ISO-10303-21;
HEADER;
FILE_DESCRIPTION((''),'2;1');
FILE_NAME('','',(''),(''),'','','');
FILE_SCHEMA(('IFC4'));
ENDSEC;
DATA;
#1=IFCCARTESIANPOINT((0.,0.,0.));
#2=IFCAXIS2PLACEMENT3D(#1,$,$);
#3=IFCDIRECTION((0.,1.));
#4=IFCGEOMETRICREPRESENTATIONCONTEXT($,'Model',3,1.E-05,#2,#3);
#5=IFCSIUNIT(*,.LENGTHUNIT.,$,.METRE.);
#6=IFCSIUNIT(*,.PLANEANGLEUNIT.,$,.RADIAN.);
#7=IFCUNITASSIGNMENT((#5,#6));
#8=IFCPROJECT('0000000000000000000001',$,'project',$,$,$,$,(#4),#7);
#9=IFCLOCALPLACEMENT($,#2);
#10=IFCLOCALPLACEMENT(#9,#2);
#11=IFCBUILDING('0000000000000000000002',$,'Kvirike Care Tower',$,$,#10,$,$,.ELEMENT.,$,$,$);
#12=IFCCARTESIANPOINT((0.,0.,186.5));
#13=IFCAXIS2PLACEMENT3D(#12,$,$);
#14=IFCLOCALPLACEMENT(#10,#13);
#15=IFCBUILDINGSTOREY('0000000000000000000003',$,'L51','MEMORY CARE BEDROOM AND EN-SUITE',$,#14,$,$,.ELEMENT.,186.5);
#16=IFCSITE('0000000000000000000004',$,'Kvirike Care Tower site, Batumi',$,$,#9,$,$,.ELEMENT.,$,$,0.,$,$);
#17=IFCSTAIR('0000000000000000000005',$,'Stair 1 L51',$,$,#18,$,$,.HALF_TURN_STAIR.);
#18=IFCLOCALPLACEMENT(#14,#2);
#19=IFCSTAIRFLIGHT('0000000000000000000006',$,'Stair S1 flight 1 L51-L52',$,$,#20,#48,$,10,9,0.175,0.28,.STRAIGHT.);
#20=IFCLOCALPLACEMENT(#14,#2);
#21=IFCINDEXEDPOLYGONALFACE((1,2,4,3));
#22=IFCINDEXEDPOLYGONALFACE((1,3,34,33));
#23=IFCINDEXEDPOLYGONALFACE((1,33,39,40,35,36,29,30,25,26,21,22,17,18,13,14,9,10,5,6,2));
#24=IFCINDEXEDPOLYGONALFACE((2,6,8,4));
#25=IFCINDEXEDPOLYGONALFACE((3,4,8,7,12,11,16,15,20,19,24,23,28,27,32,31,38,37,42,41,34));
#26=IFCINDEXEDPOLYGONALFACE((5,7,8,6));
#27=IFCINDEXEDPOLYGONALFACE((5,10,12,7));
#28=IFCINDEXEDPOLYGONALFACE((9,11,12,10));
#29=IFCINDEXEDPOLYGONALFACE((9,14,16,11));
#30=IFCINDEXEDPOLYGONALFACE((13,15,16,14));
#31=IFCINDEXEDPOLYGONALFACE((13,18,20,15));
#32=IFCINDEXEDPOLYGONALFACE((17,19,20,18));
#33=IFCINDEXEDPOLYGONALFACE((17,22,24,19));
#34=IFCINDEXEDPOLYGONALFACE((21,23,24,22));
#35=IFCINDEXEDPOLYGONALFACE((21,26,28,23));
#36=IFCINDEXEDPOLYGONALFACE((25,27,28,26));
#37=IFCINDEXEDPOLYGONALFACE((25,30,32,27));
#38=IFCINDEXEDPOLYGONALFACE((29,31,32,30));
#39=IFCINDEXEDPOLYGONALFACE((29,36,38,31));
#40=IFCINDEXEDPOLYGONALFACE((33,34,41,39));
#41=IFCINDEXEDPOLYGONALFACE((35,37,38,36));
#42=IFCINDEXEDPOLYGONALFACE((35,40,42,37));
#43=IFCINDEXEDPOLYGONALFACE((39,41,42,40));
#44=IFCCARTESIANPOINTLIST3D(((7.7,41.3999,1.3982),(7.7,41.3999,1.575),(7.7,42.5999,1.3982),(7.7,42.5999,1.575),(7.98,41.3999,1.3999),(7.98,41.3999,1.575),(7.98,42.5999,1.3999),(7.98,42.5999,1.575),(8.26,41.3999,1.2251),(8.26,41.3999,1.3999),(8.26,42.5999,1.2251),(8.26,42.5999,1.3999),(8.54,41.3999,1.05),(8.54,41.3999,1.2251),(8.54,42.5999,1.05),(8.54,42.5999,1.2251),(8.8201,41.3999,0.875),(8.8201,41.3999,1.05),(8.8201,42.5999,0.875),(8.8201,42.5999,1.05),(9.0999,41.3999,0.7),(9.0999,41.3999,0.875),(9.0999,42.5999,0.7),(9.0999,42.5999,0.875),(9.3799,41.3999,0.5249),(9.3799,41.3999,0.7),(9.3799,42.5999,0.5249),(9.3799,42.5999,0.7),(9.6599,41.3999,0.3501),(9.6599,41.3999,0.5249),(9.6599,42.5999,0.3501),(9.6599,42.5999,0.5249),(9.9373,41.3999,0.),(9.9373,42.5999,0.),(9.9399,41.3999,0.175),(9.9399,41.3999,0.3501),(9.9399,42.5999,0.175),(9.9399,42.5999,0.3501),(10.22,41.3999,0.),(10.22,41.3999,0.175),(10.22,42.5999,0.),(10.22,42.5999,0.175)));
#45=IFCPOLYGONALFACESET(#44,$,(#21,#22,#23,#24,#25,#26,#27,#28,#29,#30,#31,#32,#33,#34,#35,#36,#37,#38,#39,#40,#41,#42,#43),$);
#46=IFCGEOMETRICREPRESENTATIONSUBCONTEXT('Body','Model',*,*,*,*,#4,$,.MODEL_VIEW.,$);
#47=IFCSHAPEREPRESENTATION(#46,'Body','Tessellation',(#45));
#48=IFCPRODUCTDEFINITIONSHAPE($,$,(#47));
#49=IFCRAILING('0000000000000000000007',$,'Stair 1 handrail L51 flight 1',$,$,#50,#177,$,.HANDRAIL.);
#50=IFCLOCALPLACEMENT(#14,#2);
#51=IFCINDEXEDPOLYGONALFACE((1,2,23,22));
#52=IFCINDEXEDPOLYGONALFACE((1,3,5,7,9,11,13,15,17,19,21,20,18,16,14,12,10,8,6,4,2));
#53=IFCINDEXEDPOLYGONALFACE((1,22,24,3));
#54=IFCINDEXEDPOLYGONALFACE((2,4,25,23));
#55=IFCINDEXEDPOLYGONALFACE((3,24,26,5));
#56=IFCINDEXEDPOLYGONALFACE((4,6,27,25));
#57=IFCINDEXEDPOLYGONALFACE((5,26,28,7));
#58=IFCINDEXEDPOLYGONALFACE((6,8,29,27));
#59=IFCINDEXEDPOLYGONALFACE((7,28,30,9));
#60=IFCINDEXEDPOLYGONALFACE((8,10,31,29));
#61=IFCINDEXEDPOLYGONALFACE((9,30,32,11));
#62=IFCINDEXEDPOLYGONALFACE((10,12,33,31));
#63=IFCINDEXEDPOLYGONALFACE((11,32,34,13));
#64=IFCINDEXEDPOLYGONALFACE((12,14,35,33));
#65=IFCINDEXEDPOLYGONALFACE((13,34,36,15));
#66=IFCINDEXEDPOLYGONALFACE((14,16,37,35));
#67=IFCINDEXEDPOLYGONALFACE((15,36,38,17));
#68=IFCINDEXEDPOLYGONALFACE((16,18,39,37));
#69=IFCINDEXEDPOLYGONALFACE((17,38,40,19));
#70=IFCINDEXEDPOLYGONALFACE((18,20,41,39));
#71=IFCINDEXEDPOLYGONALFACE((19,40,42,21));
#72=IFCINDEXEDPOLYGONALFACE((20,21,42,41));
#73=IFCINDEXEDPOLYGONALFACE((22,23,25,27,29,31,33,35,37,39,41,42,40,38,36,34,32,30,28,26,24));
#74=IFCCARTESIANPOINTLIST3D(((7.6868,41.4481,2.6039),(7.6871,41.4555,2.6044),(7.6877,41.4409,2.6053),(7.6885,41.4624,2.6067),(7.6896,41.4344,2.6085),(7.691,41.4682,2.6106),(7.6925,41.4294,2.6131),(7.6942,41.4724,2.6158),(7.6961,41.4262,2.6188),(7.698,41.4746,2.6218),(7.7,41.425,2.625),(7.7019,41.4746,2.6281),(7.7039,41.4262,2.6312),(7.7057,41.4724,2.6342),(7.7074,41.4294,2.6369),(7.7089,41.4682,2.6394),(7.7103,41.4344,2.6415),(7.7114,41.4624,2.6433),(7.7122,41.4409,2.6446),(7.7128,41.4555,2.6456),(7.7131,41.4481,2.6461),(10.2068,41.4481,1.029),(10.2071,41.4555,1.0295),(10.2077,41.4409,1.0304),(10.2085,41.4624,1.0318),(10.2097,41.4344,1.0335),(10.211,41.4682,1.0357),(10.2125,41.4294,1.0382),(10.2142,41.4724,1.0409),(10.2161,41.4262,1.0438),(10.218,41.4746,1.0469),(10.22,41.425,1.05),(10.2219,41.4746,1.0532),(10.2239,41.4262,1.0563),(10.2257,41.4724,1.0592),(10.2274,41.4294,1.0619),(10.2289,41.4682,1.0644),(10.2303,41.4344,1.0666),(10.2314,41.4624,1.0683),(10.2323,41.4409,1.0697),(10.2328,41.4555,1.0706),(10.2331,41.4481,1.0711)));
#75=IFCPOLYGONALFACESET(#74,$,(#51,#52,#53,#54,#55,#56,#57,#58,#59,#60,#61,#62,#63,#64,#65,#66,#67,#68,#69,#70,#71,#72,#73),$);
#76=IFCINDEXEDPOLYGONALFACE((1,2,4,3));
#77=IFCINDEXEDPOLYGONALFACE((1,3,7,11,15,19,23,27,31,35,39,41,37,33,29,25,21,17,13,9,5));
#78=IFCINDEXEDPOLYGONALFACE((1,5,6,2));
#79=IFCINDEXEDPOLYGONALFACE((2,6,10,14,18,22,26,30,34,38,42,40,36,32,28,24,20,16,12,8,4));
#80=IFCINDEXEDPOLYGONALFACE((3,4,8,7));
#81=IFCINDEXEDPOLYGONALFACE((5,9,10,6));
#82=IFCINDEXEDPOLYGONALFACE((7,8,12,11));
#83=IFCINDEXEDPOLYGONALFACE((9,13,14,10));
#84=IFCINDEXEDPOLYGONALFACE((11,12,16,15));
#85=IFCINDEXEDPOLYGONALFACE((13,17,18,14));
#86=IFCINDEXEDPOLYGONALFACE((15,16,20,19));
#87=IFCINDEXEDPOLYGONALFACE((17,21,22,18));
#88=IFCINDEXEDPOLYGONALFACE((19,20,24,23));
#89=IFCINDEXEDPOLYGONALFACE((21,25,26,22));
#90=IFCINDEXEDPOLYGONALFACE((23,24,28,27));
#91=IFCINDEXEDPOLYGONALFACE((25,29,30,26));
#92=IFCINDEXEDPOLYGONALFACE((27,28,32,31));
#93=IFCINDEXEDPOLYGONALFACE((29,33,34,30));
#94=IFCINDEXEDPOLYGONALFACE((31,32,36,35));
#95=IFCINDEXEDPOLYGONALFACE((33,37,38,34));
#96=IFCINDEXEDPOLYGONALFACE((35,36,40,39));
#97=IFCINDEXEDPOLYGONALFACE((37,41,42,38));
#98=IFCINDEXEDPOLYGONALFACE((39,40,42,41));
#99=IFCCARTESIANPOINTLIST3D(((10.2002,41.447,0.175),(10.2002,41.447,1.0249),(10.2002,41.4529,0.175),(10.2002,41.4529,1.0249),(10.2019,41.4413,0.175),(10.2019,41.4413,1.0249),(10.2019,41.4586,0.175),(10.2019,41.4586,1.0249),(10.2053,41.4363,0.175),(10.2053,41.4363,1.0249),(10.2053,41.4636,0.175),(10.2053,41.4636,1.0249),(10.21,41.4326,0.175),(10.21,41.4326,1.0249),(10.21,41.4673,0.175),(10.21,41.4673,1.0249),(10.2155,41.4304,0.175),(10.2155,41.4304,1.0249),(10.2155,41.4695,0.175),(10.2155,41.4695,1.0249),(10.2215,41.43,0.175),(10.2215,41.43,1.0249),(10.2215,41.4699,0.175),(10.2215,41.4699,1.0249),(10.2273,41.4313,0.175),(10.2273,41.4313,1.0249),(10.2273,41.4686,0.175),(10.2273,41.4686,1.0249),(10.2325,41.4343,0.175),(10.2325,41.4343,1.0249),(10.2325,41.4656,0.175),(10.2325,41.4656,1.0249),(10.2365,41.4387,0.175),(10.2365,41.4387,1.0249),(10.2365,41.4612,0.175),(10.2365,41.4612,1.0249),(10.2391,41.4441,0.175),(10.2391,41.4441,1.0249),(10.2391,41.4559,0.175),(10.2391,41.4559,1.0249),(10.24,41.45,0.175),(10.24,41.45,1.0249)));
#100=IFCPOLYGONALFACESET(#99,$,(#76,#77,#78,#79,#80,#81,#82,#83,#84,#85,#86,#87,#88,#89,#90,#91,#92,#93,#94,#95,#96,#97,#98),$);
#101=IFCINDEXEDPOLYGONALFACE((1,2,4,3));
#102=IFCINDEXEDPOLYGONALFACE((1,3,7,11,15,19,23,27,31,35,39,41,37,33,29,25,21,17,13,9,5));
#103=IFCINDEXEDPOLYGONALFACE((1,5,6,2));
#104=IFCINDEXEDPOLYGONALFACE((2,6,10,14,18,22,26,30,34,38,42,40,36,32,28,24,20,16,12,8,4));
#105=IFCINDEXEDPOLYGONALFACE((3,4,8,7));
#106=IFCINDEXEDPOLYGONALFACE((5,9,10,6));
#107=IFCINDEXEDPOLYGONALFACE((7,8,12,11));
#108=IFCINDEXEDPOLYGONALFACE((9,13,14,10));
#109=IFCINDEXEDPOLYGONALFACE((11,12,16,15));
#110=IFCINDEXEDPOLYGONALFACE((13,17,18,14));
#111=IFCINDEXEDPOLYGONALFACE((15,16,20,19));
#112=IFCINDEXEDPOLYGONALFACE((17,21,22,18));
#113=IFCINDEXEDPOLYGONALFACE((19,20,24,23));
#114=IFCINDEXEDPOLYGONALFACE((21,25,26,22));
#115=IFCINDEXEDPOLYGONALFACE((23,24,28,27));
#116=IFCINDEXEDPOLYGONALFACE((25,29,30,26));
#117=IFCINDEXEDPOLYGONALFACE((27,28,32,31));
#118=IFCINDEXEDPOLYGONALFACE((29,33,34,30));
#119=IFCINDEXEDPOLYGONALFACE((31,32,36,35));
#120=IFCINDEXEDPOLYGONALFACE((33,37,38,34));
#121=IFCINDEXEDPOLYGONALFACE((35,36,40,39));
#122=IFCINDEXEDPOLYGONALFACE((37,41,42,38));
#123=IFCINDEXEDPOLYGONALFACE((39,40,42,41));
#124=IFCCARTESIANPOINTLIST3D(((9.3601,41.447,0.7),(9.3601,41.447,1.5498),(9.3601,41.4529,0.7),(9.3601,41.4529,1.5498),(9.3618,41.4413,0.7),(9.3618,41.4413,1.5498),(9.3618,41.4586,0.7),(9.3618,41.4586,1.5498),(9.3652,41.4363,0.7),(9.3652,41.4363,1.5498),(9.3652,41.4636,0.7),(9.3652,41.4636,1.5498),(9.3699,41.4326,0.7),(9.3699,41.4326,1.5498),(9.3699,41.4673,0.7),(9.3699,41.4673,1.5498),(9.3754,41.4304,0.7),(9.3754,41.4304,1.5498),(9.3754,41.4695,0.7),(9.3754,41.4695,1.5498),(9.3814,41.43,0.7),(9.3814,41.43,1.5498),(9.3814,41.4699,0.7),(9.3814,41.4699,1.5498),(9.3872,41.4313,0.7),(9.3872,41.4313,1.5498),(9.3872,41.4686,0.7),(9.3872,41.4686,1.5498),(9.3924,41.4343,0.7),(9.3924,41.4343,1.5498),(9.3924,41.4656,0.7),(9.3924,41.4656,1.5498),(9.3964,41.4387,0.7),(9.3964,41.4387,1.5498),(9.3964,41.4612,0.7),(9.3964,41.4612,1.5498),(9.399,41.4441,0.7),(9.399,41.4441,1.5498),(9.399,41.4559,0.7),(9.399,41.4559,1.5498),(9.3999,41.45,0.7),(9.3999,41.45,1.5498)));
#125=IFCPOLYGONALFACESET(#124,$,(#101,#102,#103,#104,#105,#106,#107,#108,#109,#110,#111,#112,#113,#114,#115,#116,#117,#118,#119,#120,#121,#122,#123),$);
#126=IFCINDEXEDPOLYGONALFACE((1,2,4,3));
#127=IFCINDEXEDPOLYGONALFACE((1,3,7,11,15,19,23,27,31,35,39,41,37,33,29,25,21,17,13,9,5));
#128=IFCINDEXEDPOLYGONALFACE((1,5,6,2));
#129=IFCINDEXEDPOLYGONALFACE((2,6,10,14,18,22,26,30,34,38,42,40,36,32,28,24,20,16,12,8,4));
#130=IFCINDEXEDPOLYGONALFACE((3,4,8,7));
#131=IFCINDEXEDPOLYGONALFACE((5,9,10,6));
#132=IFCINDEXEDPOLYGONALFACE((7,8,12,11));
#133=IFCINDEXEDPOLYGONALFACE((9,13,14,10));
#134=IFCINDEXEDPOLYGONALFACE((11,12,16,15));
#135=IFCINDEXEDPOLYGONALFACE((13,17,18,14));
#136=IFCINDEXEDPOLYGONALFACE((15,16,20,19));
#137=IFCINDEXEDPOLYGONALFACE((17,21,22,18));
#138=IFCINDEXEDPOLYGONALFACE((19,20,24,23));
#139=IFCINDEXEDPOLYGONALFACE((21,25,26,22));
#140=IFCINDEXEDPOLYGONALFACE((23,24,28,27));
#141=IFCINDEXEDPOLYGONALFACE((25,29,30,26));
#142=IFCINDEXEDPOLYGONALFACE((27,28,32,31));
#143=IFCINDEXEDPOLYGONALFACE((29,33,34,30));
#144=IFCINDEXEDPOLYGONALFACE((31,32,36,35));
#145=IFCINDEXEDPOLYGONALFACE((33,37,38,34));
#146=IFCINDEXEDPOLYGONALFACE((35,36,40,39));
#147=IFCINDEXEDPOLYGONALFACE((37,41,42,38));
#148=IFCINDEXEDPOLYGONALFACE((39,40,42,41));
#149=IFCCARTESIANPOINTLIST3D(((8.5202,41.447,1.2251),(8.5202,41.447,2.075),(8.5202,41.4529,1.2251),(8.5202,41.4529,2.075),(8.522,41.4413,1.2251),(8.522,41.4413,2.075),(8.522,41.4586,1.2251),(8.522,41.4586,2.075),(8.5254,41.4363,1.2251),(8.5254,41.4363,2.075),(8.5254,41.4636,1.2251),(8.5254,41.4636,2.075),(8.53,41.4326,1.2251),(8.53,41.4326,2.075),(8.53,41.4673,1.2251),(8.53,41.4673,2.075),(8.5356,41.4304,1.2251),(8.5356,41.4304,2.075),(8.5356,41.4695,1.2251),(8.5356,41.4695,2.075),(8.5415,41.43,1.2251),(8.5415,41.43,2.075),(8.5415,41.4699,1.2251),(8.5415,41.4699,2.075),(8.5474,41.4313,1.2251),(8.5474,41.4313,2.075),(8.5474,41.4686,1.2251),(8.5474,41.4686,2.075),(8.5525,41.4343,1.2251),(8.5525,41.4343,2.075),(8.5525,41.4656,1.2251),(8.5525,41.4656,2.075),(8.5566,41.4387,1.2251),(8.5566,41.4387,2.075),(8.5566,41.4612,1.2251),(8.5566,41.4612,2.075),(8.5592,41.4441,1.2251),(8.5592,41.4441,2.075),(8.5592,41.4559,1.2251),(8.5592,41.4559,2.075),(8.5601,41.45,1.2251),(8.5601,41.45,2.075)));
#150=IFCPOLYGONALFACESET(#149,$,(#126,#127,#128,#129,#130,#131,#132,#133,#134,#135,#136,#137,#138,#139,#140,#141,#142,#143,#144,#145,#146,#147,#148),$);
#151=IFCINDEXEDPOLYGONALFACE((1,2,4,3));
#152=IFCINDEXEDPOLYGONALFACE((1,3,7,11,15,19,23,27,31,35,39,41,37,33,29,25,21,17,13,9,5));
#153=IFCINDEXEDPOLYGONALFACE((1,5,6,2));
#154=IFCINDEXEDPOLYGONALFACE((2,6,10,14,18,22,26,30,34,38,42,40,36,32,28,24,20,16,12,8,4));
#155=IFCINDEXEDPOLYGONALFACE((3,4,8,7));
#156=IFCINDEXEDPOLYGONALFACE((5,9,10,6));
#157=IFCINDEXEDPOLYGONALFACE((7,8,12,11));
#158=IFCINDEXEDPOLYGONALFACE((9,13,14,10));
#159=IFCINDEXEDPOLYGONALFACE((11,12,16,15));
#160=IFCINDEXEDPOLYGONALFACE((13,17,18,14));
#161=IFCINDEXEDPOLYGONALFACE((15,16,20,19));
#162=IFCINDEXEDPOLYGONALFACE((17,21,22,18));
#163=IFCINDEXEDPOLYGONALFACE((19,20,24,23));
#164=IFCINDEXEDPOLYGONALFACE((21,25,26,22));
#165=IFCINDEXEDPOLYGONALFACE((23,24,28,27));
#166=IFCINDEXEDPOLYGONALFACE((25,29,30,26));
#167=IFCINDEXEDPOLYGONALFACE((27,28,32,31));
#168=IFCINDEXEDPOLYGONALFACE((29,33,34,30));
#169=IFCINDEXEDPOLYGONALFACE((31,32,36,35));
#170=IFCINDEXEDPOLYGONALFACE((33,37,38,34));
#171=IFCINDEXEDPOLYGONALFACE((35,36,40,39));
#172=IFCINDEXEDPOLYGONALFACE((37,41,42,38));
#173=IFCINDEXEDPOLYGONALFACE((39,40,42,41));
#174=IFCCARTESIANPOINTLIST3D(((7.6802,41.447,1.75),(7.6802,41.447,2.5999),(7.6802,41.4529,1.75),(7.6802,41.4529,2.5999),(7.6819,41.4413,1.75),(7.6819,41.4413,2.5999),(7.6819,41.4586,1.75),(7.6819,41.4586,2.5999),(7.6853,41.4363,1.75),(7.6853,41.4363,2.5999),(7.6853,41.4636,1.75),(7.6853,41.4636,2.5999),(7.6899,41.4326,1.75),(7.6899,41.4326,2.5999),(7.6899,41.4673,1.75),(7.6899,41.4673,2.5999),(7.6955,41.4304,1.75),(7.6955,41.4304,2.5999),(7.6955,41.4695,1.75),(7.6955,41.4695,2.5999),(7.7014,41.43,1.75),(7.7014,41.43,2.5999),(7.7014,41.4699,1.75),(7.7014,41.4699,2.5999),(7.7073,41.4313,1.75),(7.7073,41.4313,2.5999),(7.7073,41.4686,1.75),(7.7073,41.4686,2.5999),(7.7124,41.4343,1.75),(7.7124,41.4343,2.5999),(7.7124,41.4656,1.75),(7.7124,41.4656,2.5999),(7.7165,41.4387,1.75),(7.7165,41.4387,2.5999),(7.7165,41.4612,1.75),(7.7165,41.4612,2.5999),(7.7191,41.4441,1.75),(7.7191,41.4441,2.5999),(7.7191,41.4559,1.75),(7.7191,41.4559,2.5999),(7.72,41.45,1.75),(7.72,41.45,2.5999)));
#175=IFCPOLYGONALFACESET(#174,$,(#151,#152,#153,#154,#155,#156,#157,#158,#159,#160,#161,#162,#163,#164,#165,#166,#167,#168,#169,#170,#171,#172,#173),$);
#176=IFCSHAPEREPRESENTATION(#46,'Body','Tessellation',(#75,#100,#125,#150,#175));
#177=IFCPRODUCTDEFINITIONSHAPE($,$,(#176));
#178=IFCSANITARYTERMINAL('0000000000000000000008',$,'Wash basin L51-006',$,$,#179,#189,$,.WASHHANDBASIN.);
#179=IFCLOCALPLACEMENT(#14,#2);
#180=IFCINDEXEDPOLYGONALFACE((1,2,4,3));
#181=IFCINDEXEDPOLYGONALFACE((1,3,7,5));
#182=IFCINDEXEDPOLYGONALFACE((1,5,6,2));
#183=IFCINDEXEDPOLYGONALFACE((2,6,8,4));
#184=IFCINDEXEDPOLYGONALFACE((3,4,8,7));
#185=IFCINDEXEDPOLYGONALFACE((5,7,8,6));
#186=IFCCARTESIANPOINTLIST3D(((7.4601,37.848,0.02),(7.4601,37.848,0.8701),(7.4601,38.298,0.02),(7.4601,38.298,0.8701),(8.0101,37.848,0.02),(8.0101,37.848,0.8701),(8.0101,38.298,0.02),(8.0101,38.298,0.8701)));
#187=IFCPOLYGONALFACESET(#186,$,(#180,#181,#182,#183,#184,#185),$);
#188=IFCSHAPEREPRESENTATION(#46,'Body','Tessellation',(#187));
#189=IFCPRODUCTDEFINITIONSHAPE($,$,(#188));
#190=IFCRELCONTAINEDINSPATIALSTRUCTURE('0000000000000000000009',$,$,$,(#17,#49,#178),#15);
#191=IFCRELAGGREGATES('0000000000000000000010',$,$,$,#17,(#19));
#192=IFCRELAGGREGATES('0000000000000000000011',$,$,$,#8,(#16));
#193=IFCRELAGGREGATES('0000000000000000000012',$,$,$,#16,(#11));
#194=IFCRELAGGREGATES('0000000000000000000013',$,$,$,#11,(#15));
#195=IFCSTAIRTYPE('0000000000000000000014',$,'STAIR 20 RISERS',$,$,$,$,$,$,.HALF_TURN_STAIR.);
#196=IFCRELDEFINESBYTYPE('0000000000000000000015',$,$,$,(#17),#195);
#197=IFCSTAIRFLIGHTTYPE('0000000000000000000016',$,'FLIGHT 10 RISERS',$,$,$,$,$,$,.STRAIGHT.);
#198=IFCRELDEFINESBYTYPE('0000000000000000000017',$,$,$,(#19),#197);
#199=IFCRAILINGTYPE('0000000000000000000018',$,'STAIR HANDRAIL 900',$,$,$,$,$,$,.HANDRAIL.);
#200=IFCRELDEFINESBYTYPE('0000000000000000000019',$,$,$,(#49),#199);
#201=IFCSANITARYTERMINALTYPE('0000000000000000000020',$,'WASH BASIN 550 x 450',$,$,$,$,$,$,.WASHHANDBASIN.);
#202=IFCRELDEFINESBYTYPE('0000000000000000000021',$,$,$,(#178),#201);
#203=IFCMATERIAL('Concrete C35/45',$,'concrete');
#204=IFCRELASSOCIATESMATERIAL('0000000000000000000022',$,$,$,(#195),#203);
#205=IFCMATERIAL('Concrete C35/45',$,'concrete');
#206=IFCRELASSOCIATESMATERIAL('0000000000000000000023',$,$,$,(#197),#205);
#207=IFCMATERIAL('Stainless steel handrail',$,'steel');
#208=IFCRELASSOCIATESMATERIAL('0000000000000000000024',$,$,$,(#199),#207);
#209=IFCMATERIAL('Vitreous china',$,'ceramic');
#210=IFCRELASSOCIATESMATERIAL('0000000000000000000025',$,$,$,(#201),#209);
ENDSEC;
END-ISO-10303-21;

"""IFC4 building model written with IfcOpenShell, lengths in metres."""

from ifc_helpers import new_model, si_unit, direction, frame, origin, origin_2d, place, context, subcontext, project, spatial, polyline, rectangle, circle, outline, extrude, material, type_object, element, aggregate, save


model = new_model("IFC4")

# Units and contexts
model_context = context("Model", 3, precision=1e-05, world=origin(), true_north=direction((0.0, 1.0)))
body_context = subcontext(model_context, "Body", "Model", "MODEL_VIEW")
ifc_project = project(units=[si_unit("LENGTHUNIT", "METRE"), si_unit("PLANEANGLEUNIT", "RADIAN")], contexts=[model_context])

# Site, building, storey
site_placement = place(None, origin())
site = spatial("IfcSite", under=ifc_project, at=site_placement, Name="Kvirike Care Tower site, Batumi", CompositionType="ELEMENT", RefElevation=0.0)
building_placement = place(site_placement, origin())
building = spatial("IfcBuilding", under=site, at=building_placement, Name="Kvirike Care Tower", CompositionType="ELEMENT")
storey_placement = place(building_placement, frame((0.0, 0.0, 186.5)))
storey = spatial("IfcBuildingStorey", under=building, at=storey_placement, Name="L51", Description="MEMORY CARE BEDROOM AND EN-SUITE", CompositionType="ELEMENT", Elevation=186.5)

# Stair, stair flight
ifc_material_1 = material(Name="Concrete C35/45", Category="concrete")
stair_type = type_object("IfcStairType", Name="STAIR 20 RISERS", PredefinedType="HALF_TURN_STAIR", material=ifc_material_1)
stair_placement = place(storey_placement, origin())
stair = element("IfcStair", 1, at=stair_placement, inside=storey, type_object=stair_type, Name="Stair 1 L51", PredefinedType="HALF_TURN_STAIR")
ifc_material_2 = material(Name="Concrete C35/45", Category="concrete")
stair_flight_type = type_object("IfcStairFlightType", Name="FLIGHT 10 RISERS", PredefinedType="STRAIGHT", material=ifc_material_2)
stair_flight_placement = place(storey_placement, frame((10.22, 42.0, 0.0), z_axis=(0.0, 0.0, 1.0), x_axis=(-1.0, 0.0, 0.0)))
stair_flight = element("IfcStairFlight", 2, at=stair_flight_placement, type_object=stair_flight_type, Name="Stair S1 flight 1 L51-L52", NumberOfRisers=10, NumberOfTreads=9, PredefinedType="STRAIGHT", RiserHeight=0.175, TreadLength=0.28, context=body_context, shape_type="SweptSolid", body=[
    extrude(outline(polyline([(0.0, 0.0), (0.0, 0.175), (0.28, 0.175), (0.28, 0.3501), (0.5601, 0.3501), (0.5601, 0.5249), (0.8401, 0.5249), (0.8401, 0.7), (1.1201, 0.7), (1.1201, 0.875), (1.3999, 0.875), (1.3999, 1.05), (1.6799, 1.05), (1.6799, 1.2251), (1.96, 1.2251), (1.96, 1.3999), (2.24, 1.3999), (2.24, 1.575), (2.52, 1.575), (2.52, 1.75), (2.52, 1.3982), (0.2827, 0.0), (0.0, 0.0)])), frame((0.0, 0.6001, 0.0), z_axis=(0.0, -1.0, 0.0), x_axis=(1.0, 0.0, 0.0)), (0.0, 0.0, 1.0), 1.2),
])
aggregate(stair, [stair_flight])

# Railing
ifc_material_3 = material(Name="Stainless steel handrail", Category="steel")
railing_type = type_object("IfcRailingType", Name="STAIR HANDRAIL 900", PredefinedType="HANDRAIL", material=ifc_material_3)
railing_placement = place(storey_placement, frame((10.22, 41.45, 0.175)))
element("IfcRailing", 3, at=railing_placement, inside=storey, type_object=railing_type, Name="Stair 1 handrail L51 flight 1", PredefinedType="HANDRAIL", context=body_context, shape_type="SweptSolid", body=[
    extrude(circle(Radius=0.0249, at=origin_2d()), frame((0.0, 0.0, 0.875), z_axis=(-0.848008, 0.0, 0.529984), x_axis=(0.0, -1.0, 0.0)), (0.0, 0.0, 1.0), 2.9717),
    extrude(circle(Radius=0.02, at=origin_2d()), origin(), (0.0, 0.0, 1.0), 0.8499),
    extrude(circle(Radius=0.02, at=origin_2d()), frame((-0.8401, 0.0, 0.5249)), (0.0, 0.0, 1.0), 0.8499),
    extrude(circle(Radius=0.02, at=origin_2d()), frame((-1.6799, 0.0, 1.05)), (0.0, 0.0, 1.0), 0.8499),
    extrude(circle(Radius=0.02, at=origin_2d()), frame((-2.52, 0.0, 1.575)), (0.0, 0.0, 1.0), 0.8499),
])

# Sanitary terminal
ifc_material_4 = material(Name="Vitreous china", Category="ceramic")
sanitary_terminal_type = type_object("IfcSanitaryTerminalType", Name="WASH BASIN 550 x 450", PredefinedType="WASHHANDBASIN", material=ifc_material_4)
sanitary_terminal_placement = place(storey_placement, frame((7.7351, 38.073, 0.02), z_axis=(0.0, 0.0, 1.0), x_axis=(1.0, 0.0, 0.0)))
element("IfcSanitaryTerminal", 4, at=sanitary_terminal_placement, inside=storey, type_object=sanitary_terminal_type, Name="Wash basin L51-006", PredefinedType="WASHHANDBASIN", context=body_context, shape_type="SweptSolid", body=[
    extrude(rectangle(XDim=0.55, YDim=0.45, at=origin_2d()), origin(), (0.0, 0.0, 1.0), 0.8501),
])

save(model, "model.ifc")
